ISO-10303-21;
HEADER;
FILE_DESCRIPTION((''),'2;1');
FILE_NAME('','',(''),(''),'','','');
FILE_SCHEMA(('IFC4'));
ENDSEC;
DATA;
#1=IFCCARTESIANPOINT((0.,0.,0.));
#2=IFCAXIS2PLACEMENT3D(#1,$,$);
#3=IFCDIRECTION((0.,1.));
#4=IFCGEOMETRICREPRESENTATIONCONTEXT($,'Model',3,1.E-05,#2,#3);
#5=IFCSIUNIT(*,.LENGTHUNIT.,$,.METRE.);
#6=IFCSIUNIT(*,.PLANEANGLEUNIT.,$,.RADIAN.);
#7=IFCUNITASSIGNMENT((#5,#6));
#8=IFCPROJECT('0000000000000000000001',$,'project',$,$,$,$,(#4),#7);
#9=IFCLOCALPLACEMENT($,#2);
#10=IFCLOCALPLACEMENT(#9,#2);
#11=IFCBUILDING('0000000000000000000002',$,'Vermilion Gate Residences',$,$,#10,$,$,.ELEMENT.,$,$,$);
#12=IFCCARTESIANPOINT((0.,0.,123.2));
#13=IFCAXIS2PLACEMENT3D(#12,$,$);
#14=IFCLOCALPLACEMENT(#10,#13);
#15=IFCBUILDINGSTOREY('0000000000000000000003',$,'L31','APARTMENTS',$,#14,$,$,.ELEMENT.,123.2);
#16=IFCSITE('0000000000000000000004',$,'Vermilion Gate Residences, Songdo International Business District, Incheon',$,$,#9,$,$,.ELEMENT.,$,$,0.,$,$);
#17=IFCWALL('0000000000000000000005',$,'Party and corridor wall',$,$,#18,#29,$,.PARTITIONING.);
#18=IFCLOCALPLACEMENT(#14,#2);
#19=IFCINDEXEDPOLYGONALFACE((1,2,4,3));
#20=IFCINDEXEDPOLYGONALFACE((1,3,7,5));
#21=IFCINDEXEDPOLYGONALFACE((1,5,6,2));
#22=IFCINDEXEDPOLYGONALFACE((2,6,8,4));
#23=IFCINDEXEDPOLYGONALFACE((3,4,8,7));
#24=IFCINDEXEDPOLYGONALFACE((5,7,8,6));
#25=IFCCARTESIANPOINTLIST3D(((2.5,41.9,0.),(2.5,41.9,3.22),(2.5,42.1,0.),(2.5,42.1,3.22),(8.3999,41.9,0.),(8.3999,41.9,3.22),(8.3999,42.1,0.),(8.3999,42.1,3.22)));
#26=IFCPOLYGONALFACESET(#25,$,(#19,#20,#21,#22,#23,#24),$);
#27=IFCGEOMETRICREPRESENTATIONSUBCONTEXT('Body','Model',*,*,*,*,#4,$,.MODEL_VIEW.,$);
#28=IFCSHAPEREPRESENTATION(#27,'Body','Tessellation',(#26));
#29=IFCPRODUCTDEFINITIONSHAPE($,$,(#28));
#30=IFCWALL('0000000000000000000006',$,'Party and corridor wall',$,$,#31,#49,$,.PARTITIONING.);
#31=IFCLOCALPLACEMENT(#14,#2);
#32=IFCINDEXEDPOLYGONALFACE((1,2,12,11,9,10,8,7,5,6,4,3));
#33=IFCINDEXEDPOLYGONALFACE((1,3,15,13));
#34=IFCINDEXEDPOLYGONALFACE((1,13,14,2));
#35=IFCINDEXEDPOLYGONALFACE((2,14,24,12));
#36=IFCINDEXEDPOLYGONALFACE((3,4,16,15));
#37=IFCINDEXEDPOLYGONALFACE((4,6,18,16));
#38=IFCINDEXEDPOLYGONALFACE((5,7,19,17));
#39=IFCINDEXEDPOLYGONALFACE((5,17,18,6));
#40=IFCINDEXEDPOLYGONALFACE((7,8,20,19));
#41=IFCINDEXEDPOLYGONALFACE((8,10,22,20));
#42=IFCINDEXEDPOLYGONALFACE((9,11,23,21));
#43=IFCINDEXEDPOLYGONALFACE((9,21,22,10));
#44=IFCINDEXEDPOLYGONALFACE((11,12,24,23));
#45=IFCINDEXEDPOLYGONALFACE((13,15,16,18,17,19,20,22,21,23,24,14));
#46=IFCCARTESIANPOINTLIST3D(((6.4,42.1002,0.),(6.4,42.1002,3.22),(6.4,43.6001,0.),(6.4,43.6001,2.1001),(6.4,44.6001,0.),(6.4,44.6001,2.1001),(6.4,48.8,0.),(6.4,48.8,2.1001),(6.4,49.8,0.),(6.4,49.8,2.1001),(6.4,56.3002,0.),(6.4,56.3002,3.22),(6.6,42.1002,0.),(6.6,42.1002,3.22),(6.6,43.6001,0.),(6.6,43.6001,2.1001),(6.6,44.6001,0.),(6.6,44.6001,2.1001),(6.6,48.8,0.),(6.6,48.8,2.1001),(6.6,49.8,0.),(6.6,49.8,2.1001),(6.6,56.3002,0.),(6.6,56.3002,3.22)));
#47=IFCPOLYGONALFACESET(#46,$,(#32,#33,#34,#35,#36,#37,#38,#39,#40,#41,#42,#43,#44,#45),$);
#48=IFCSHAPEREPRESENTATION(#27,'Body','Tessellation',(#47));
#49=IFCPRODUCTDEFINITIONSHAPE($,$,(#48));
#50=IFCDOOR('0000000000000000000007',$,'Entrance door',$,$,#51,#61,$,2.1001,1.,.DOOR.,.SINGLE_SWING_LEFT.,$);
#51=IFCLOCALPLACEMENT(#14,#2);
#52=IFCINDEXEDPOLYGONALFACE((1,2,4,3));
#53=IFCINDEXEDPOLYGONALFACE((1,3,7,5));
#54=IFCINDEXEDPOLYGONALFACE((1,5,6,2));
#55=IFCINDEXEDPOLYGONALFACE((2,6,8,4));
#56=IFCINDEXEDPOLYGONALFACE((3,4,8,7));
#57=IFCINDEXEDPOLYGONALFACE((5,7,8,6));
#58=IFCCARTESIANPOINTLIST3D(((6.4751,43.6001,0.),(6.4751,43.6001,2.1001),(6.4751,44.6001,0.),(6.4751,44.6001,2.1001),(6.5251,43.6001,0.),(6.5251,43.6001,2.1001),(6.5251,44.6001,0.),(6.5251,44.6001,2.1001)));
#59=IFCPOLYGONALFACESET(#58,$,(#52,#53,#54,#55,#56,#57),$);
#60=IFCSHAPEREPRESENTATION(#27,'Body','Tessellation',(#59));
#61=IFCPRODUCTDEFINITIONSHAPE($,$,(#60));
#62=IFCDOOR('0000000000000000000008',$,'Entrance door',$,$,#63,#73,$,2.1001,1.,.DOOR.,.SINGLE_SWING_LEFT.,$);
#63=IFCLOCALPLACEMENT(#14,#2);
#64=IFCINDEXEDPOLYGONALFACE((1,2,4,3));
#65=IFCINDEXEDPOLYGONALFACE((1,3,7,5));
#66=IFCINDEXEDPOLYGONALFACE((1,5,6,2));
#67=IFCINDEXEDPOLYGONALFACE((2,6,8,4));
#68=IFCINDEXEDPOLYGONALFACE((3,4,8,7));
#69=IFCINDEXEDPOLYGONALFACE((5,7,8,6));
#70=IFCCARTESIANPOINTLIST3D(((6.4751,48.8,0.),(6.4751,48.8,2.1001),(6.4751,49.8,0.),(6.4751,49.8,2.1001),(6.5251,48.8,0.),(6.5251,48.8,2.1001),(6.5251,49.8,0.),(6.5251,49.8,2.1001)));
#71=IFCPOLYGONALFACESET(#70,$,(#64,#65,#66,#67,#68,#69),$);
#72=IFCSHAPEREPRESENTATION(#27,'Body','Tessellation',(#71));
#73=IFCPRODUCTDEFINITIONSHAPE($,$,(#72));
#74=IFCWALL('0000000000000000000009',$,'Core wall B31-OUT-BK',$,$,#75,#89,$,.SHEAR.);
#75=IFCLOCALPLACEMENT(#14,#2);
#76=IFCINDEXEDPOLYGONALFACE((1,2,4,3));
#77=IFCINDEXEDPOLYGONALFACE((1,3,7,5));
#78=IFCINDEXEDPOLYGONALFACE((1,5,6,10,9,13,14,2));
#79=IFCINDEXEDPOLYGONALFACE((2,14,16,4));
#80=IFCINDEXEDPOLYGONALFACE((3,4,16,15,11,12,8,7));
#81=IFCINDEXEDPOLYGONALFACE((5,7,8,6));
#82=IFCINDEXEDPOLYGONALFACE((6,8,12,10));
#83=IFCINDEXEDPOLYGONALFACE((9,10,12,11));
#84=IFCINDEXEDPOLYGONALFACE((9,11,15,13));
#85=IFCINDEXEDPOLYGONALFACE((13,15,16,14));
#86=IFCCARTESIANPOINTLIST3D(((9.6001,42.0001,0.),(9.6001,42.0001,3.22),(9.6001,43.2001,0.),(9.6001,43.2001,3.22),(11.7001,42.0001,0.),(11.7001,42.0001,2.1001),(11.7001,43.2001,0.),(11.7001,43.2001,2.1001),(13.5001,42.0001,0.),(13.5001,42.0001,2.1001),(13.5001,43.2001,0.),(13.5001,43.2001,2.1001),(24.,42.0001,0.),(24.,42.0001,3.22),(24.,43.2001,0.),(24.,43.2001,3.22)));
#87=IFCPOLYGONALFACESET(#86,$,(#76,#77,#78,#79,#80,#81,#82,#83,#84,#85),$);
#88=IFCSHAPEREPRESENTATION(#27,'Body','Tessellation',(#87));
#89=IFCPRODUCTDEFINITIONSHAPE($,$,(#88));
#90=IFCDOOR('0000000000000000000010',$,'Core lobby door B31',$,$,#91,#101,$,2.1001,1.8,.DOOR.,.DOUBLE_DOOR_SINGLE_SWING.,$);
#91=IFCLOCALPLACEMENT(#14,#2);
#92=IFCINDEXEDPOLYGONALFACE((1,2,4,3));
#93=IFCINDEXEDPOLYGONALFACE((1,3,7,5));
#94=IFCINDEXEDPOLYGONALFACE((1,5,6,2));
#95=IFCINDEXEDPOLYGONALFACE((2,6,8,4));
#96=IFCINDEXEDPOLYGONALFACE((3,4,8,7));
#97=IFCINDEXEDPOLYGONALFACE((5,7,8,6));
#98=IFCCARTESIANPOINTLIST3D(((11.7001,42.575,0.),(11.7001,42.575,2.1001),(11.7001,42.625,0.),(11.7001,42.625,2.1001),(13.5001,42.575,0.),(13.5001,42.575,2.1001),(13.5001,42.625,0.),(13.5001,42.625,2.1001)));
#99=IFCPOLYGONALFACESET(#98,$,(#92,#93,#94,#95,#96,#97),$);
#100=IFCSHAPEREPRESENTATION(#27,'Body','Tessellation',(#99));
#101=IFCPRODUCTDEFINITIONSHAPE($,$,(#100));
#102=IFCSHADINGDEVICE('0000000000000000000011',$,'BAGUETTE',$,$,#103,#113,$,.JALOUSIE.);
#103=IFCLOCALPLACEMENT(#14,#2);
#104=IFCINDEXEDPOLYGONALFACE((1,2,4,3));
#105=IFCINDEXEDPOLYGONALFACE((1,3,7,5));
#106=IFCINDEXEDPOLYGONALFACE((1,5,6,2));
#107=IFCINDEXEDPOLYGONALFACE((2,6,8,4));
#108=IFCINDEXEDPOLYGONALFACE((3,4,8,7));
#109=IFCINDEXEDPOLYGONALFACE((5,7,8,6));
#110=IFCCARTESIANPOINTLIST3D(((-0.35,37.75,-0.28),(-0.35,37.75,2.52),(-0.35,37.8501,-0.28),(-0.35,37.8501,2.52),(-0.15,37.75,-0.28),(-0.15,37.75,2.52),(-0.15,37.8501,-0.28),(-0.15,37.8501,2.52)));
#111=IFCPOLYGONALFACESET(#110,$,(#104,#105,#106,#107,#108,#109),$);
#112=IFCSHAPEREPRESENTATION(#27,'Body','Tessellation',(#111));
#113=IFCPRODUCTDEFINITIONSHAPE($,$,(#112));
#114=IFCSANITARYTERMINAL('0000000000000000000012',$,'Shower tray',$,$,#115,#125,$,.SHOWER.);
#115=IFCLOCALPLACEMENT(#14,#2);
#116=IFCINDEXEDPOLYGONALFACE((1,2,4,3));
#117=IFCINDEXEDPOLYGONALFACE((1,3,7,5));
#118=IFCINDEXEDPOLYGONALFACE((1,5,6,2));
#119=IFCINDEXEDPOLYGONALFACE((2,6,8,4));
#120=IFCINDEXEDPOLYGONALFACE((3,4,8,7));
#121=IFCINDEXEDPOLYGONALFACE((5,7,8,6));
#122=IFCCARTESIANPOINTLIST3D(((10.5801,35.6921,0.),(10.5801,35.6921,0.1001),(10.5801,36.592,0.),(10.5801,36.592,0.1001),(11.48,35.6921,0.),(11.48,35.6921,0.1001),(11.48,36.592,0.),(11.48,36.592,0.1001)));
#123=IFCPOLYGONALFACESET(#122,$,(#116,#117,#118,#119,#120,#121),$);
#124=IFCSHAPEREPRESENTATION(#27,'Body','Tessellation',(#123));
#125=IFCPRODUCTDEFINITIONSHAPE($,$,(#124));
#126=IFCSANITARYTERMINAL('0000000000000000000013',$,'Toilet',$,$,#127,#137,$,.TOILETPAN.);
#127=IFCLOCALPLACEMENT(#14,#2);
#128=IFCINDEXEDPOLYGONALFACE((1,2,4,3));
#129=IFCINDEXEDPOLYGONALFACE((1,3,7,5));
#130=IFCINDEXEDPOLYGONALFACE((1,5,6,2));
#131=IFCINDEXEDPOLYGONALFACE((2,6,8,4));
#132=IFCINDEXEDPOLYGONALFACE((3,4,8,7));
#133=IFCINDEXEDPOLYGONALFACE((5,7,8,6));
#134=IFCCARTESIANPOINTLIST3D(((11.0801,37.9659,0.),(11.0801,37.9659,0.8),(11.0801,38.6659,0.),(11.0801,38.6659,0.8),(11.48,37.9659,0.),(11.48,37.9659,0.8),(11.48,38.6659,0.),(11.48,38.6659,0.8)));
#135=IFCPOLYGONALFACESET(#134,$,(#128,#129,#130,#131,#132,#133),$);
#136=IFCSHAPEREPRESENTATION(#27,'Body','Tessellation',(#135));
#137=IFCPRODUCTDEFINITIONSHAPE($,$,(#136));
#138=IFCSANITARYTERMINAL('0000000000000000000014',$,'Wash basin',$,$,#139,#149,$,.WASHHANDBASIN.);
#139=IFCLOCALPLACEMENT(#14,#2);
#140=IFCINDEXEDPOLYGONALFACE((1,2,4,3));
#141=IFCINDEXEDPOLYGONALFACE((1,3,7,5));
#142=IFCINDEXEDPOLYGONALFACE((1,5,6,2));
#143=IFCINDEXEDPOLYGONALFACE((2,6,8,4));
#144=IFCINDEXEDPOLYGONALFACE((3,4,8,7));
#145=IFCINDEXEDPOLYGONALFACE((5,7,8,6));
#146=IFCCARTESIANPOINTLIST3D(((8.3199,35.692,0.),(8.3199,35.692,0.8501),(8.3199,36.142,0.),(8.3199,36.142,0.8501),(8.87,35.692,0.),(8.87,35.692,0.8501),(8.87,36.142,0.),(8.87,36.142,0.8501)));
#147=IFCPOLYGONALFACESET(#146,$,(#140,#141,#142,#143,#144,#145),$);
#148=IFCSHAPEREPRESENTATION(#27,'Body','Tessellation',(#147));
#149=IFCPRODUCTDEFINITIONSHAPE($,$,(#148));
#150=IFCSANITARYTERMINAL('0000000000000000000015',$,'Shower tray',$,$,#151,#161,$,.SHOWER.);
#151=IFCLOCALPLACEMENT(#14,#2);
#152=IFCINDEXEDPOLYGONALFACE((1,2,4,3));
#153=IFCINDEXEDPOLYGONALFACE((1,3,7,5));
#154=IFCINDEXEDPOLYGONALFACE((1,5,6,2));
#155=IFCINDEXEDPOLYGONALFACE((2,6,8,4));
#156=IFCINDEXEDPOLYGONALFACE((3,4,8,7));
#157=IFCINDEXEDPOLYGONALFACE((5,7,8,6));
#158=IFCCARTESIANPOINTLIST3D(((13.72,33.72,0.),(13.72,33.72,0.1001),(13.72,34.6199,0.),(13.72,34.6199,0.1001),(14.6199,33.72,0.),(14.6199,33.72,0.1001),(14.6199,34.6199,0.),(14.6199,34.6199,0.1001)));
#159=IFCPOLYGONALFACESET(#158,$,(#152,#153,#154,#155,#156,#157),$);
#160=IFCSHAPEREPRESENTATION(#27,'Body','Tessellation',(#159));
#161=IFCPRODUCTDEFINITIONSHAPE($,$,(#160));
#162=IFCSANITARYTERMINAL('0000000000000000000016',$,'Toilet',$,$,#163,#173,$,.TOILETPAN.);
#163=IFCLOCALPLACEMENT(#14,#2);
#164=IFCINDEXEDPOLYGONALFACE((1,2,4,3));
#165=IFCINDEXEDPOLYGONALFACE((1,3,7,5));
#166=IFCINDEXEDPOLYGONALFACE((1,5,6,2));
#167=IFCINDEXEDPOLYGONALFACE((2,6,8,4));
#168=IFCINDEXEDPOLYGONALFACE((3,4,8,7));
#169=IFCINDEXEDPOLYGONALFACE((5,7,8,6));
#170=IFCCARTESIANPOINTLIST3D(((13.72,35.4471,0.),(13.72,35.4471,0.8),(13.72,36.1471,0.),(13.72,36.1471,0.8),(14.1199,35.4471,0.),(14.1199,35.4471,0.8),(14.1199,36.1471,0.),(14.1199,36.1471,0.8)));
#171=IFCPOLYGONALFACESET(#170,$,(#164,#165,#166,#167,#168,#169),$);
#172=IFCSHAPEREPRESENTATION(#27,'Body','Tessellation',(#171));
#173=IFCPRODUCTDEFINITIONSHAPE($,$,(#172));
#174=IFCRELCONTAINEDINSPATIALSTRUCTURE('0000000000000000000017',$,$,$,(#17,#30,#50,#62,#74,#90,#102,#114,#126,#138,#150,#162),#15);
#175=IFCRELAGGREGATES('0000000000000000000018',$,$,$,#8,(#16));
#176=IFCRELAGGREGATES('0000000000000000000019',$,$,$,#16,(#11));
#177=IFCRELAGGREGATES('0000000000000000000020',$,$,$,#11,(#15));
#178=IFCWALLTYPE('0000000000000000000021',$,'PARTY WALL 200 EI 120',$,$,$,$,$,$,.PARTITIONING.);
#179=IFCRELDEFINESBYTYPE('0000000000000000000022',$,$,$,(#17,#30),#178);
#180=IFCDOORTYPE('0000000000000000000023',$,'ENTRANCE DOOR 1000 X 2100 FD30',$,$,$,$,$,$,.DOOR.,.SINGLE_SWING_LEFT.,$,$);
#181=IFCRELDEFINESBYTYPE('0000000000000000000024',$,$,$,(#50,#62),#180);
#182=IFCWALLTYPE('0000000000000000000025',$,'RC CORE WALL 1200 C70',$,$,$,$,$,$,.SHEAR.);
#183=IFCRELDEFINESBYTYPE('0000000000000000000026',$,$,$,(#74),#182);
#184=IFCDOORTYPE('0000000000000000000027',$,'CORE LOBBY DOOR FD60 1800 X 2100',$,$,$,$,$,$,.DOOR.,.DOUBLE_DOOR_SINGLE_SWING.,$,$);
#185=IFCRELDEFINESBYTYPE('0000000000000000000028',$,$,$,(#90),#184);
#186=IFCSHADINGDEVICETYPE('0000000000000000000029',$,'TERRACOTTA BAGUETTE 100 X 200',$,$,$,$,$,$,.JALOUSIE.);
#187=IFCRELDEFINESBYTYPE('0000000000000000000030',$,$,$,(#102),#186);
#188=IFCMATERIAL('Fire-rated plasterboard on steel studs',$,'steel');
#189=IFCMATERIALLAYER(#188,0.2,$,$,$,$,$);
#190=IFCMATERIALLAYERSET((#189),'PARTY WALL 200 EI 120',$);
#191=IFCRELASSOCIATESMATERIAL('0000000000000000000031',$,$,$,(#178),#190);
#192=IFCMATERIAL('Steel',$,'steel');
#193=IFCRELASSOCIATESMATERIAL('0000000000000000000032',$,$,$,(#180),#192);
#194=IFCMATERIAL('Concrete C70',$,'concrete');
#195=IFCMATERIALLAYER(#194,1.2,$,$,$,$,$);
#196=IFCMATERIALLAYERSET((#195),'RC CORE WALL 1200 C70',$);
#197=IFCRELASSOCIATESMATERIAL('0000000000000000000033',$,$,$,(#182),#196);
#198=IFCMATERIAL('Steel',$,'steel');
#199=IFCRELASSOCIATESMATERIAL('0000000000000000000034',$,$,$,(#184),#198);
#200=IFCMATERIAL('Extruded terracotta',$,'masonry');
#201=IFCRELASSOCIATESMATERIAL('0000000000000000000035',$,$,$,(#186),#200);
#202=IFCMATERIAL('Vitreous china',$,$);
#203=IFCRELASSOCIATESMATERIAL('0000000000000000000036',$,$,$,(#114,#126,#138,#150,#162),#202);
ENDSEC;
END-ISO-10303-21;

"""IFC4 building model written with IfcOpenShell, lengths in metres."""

from ifc_helpers import new_model, si_unit, direction, frame, frame_2d, origin, origin_2d, place, context, subcontext, project, spatial, rectangle, extrude, material, layer, layer_set, material_profile, profile_set, type_object, element, fill, save


model = new_model("IFC4")

# Units and contexts
model_context = context("Model", 3, precision=1e-05, world=origin(), true_north=direction((0.0, 1.0)))
body_context = subcontext(model_context, "Body", "Model", "MODEL_VIEW")
ifc_project = project(units=[si_unit("LENGTHUNIT", "METRE"), si_unit("PLANEANGLEUNIT", "RADIAN")], contexts=[model_context])

# Site, building, storey
site_placement = place(None, origin())
site = spatial("IfcSite", under=ifc_project, at=site_placement, Name="Vermilion Gate Residences, Songdo International Business District, Incheon", CompositionType="ELEMENT", RefElevation=0.0)
building_placement = place(site_placement, origin())
building = spatial("IfcBuilding", under=site, at=building_placement, Name="Vermilion Gate Residences", CompositionType="ELEMENT")
storey_placement = place(building_placement, frame((0.0, 0.0, 123.2)))
storey = spatial("IfcBuildingStorey", under=building, at=storey_placement, Name="L31", Description="APARTMENTS", CompositionType="ELEMENT", Elevation=123.2)

# Wall
ifc_material_1 = material(Name="Fire-rated plasterboard on steel studs", Category="steel")
ifc_layer_1 = layer(ifc_material_1, 0.2)
ifc_layer_set_1 = layer_set([ifc_layer_1], Name="PARTY WALL 200 EI 120")
wall_type_1 = type_object("IfcWallType", Name="PARTY WALL 200 EI 120", PredefinedType="PARTITIONING", material=ifc_layer_set_1)
wall_1_placement = place(storey_placement, frame((2.5, 42.0, 0.0), z_axis=(0.0, 0.0, 1.0), x_axis=(1.0, 0.0, 0.0)))
element("IfcWall", 1, at=wall_1_placement, inside=storey, type_object=wall_type_1, Name="Party and corridor wall", PredefinedType="PARTITIONING", context=body_context, shape_type="SweptSolid", body=[
    extrude(rectangle(XDim=5.8999, YDim=0.2, at=frame_2d((2.95, 0.0))), origin(), (0.0, 0.0, 1.0), 3.22),
])

# Wall, openings, doors
wall_2_placement = place(storey_placement, frame((6.5, 42.1001, 0.0), z_axis=(0.0, 0.0, 1.0), x_axis=(0.0, 1.0, 0.0)))
wall_2 = element("IfcWall", 2, at=wall_2_placement, inside=storey, type_object=wall_type_1, Name="Party and corridor wall", PredefinedType="PARTITIONING", context=body_context, shape_type="SweptSolid", body=[
    extrude(rectangle(XDim=14.2, YDim=0.2, at=frame_2d((7.1001, 0.0))), origin(), (0.0, 0.0, 1.0), 3.22),
])
opening_1_placement = place(wall_2_placement, frame((1.5, 0.0, 0.0)))
opening_1 = element("IfcOpeningElement", 3, at=opening_1_placement, cuts=wall_2, PredefinedType="OPENING", context=body_context, shape_type="SweptSolid", body=[
    extrude(rectangle(XDim=1.0, YDim=2.1001, at=frame_2d((0.5, 1.05))), frame((0.0, 0.1099, 0.0), z_axis=(0.0, -1.0, 0.0), x_axis=(1.0, 0.0, 0.0)), (0.0, 0.0, 1.0), 0.22),
])
opening_2_placement = place(wall_2_placement, frame((6.7, 0.0, 0.0)))
opening_2 = element("IfcOpeningElement", 4, at=opening_2_placement, cuts=wall_2, PredefinedType="OPENING", context=body_context, shape_type="SweptSolid", body=[
    extrude(rectangle(XDim=1.0, YDim=2.1001, at=frame_2d((0.5, 1.05))), frame((0.0, 0.1099, 0.0), z_axis=(0.0, -1.0, 0.0), x_axis=(1.0, 0.0, 0.0)), (0.0, 0.0, 1.0), 0.22),
])
ifc_material_2 = material(Name="Steel", Category="steel")
door_type_1 = type_object("IfcDoorType", Name="ENTRANCE DOOR 1000 X 2100 FD30", OperationType="SINGLE_SWING_LEFT", PredefinedType="DOOR", material=ifc_material_2)
door_1_placement = place(opening_1_placement, origin())
door_1 = element("IfcDoor", 5, at=door_1_placement, inside=storey, type_object=door_type_1, Name="Entrance door", OperationType="SINGLE_SWING_LEFT", OverallHeight=2.1001, OverallWidth=1.0, PredefinedType="DOOR", context=body_context, shape_type="SweptSolid", body=[
    extrude(rectangle(XDim=1.0, YDim=2.1001, at=frame_2d((0.5, 1.05))), frame((0.0, 0.0249, 0.0), z_axis=(0.0, -1.0, 0.0), x_axis=(1.0, 0.0, 0.0)), (0.0, 0.0, 1.0), 0.05),
])
fill(opening_1, door_1)
door_2_placement = place(opening_2_placement, origin())
door_2 = element("IfcDoor", 6, at=door_2_placement, inside=storey, type_object=door_type_1, Name="Entrance door", OperationType="SINGLE_SWING_LEFT", OverallHeight=2.1001, OverallWidth=1.0, PredefinedType="DOOR", context=body_context, shape_type="SweptSolid", body=[
    extrude(rectangle(XDim=1.0, YDim=2.1001, at=frame_2d((0.5, 1.05))), frame((0.0, 0.0249, 0.0), z_axis=(0.0, -1.0, 0.0), x_axis=(1.0, 0.0, 0.0)), (0.0, 0.0, 1.0), 0.05),
])
fill(opening_2, door_2)

# Wall, opening, door
ifc_material_3 = material(Name="Concrete C70", Category="concrete")
ifc_layer_2 = layer(ifc_material_3, 1.2)
ifc_layer_set_2 = layer_set([ifc_layer_2], Name="RC CORE WALL 1200 C70")
wall_type_2 = type_object("IfcWallType", Name="RC CORE WALL 1200 C70", PredefinedType="SHEAR", material=ifc_layer_set_2)
wall_3_placement = place(storey_placement, frame((9.6001, 42.6001, 0.0), z_axis=(0.0, 0.0, 1.0), x_axis=(1.0, 0.0, 0.0)))
wall_3 = element("IfcWall", 7, at=wall_3_placement, inside=storey, type_object=wall_type_2, Name="Core wall B31-OUT-BK", PredefinedType="SHEAR", context=body_context, shape_type="SweptSolid", body=[
    extrude(rectangle(XDim=14.3999, YDim=1.2, at=frame_2d((7.2, 0.0))), origin(), (0.0, 0.0, 1.0), 3.22),
])
opening_3_placement = place(wall_3_placement, frame((2.1001, 0.0, 0.0)))
opening_3 = element("IfcOpeningElement", 8, at=opening_3_placement, cuts=wall_3, PredefinedType="OPENING", context=body_context, shape_type="SweptSolid", body=[
    extrude(rectangle(XDim=1.8, YDim=2.1001, at=frame_2d((0.8999, 1.05))), frame((0.0, 0.6099, 0.0), z_axis=(0.0, -1.0, 0.0), x_axis=(1.0, 0.0, 0.0)), (0.0, 0.0, 1.0), 1.22),
])
ifc_material_4 = material(Name="Steel", Category="steel")
door_type_2 = type_object("IfcDoorType", Name="CORE LOBBY DOOR FD60 1800 X 2100", OperationType="DOUBLE_DOOR_SINGLE_SWING", PredefinedType="DOOR", material=ifc_material_4)
door_3_placement = place(opening_3_placement, origin())
door_3 = element("IfcDoor", 9, at=door_3_placement, inside=storey, type_object=door_type_2, Name="Core lobby door B31", OperationType="DOUBLE_DOOR_SINGLE_SWING", OverallHeight=2.1001, OverallWidth=1.8, PredefinedType="DOOR", context=body_context, shape_type="SweptSolid", body=[
    extrude(rectangle(XDim=1.8, YDim=2.1001, at=frame_2d((0.8999, 1.05))), frame((0.0, 0.0249, 0.0), z_axis=(0.0, -1.0, 0.0), x_axis=(1.0, 0.0, 0.0)), (0.0, 0.0, 1.0), 0.05),
])
fill(opening_3, door_3)

# Shading device
ifc_material_5 = material(Name="Extruded terracotta", Category="masonry")
ifc_material_profile_1 = material_profile(ifc_material_5, rectangle(XDim=0.2, YDim=0.1001, at=origin_2d()), Name="BAGUETTE 100 X 200")
ifc_profile_set_1 = profile_set([ifc_material_profile_1], Name="Extruded terracotta")
shading_device_type = type_object("IfcShadingDeviceType", Name="TERRACOTTA BAGUETTE 100 X 200", PredefinedType="JALOUSIE", material=ifc_profile_set_1)
shading_device_placement = place(storey_placement, frame((-0.25, 37.8, -0.28), z_axis=(0.0, 0.0, 1.0), x_axis=(1.0, 0.0, 0.0)))
element("IfcShadingDevice", 10, at=shading_device_placement, inside=storey, type_object=shading_device_type, Name="BAGUETTE", PredefinedType="JALOUSIE", context=body_context, shape_type="SweptSolid", body=[
    extrude(rectangle(XDim=0.2, YDim=0.1001, at=origin_2d()), origin(), (0.0, 0.0, 1.0), 2.8),
])

# Sanitary terminals
ifc_material_6 = material(Name="Vitreous china")
sanitary_terminal_1_placement = place(storey_placement, frame((11.03, 36.1421, 0.0), z_axis=(0.0, 0.0, 1.0), x_axis=(1.0, 0.0, 0.0)))
element("IfcSanitaryTerminal", 11, at=sanitary_terminal_1_placement, inside=storey, material=ifc_material_6, Name="Shower tray", PredefinedType="SHOWER", context=body_context, shape_type="SweptSolid", body=[
    extrude(rectangle(XDim=0.8999, YDim=0.8999, at=origin_2d()), origin(), (0.0, 0.0, 1.0), 0.1001),
])
sanitary_terminal_2_placement = place(storey_placement, frame((11.28, 38.3159, 0.0), z_axis=(0.0, 0.0, 1.0), x_axis=(1.0, 0.0, 0.0)))
element("IfcSanitaryTerminal", 12, at=sanitary_terminal_2_placement, inside=storey, material=ifc_material_6, Name="Toilet", PredefinedType="TOILETPAN", context=body_context, shape_type="SweptSolid", body=[
    extrude(rectangle(XDim=0.3999, YDim=0.7, at=origin_2d()), origin(), (0.0, 0.0, 1.0), 0.8),
])
sanitary_terminal_3_placement = place(storey_placement, frame((8.595, 35.917, 0.0), z_axis=(0.0, 0.0, 1.0), x_axis=(1.0, 0.0, 0.0)))
element("IfcSanitaryTerminal", 13, at=sanitary_terminal_3_placement, inside=storey, material=ifc_material_6, Name="Wash basin", PredefinedType="WASHHANDBASIN", context=body_context, shape_type="SweptSolid", body=[
    extrude(rectangle(XDim=0.55, YDim=0.45, at=origin_2d()), origin(), (0.0, 0.0, 1.0), 0.8501),
])
sanitary_terminal_4_placement = place(storey_placement, frame((14.1699, 34.1699, 0.0), z_axis=(0.0, 0.0, 1.0), x_axis=(1.0, 0.0, 0.0)))
element("IfcSanitaryTerminal", 14, at=sanitary_terminal_4_placement, inside=storey, material=ifc_material_6, Name="Shower tray", PredefinedType="SHOWER", context=body_context, shape_type="SweptSolid", body=[
    extrude(rectangle(XDim=0.8999, YDim=0.8999, at=origin_2d()), origin(), (0.0, 0.0, 1.0), 0.1001),
])
sanitary_terminal_5_placement = place(storey_placement, frame((13.9199, 35.7971, 0.0), z_axis=(0.0, 0.0, 1.0), x_axis=(1.0, 0.0, 0.0)))
element("IfcSanitaryTerminal", 15, at=sanitary_terminal_5_placement, inside=storey, material=ifc_material_6, Name="Toilet", PredefinedType="TOILETPAN", context=body_context, shape_type="SweptSolid", body=[
    extrude(rectangle(XDim=0.3999, YDim=0.7, at=origin_2d()), origin(), (0.0, 0.0, 1.0), 0.8),
])

save(model, "model.ifc")
